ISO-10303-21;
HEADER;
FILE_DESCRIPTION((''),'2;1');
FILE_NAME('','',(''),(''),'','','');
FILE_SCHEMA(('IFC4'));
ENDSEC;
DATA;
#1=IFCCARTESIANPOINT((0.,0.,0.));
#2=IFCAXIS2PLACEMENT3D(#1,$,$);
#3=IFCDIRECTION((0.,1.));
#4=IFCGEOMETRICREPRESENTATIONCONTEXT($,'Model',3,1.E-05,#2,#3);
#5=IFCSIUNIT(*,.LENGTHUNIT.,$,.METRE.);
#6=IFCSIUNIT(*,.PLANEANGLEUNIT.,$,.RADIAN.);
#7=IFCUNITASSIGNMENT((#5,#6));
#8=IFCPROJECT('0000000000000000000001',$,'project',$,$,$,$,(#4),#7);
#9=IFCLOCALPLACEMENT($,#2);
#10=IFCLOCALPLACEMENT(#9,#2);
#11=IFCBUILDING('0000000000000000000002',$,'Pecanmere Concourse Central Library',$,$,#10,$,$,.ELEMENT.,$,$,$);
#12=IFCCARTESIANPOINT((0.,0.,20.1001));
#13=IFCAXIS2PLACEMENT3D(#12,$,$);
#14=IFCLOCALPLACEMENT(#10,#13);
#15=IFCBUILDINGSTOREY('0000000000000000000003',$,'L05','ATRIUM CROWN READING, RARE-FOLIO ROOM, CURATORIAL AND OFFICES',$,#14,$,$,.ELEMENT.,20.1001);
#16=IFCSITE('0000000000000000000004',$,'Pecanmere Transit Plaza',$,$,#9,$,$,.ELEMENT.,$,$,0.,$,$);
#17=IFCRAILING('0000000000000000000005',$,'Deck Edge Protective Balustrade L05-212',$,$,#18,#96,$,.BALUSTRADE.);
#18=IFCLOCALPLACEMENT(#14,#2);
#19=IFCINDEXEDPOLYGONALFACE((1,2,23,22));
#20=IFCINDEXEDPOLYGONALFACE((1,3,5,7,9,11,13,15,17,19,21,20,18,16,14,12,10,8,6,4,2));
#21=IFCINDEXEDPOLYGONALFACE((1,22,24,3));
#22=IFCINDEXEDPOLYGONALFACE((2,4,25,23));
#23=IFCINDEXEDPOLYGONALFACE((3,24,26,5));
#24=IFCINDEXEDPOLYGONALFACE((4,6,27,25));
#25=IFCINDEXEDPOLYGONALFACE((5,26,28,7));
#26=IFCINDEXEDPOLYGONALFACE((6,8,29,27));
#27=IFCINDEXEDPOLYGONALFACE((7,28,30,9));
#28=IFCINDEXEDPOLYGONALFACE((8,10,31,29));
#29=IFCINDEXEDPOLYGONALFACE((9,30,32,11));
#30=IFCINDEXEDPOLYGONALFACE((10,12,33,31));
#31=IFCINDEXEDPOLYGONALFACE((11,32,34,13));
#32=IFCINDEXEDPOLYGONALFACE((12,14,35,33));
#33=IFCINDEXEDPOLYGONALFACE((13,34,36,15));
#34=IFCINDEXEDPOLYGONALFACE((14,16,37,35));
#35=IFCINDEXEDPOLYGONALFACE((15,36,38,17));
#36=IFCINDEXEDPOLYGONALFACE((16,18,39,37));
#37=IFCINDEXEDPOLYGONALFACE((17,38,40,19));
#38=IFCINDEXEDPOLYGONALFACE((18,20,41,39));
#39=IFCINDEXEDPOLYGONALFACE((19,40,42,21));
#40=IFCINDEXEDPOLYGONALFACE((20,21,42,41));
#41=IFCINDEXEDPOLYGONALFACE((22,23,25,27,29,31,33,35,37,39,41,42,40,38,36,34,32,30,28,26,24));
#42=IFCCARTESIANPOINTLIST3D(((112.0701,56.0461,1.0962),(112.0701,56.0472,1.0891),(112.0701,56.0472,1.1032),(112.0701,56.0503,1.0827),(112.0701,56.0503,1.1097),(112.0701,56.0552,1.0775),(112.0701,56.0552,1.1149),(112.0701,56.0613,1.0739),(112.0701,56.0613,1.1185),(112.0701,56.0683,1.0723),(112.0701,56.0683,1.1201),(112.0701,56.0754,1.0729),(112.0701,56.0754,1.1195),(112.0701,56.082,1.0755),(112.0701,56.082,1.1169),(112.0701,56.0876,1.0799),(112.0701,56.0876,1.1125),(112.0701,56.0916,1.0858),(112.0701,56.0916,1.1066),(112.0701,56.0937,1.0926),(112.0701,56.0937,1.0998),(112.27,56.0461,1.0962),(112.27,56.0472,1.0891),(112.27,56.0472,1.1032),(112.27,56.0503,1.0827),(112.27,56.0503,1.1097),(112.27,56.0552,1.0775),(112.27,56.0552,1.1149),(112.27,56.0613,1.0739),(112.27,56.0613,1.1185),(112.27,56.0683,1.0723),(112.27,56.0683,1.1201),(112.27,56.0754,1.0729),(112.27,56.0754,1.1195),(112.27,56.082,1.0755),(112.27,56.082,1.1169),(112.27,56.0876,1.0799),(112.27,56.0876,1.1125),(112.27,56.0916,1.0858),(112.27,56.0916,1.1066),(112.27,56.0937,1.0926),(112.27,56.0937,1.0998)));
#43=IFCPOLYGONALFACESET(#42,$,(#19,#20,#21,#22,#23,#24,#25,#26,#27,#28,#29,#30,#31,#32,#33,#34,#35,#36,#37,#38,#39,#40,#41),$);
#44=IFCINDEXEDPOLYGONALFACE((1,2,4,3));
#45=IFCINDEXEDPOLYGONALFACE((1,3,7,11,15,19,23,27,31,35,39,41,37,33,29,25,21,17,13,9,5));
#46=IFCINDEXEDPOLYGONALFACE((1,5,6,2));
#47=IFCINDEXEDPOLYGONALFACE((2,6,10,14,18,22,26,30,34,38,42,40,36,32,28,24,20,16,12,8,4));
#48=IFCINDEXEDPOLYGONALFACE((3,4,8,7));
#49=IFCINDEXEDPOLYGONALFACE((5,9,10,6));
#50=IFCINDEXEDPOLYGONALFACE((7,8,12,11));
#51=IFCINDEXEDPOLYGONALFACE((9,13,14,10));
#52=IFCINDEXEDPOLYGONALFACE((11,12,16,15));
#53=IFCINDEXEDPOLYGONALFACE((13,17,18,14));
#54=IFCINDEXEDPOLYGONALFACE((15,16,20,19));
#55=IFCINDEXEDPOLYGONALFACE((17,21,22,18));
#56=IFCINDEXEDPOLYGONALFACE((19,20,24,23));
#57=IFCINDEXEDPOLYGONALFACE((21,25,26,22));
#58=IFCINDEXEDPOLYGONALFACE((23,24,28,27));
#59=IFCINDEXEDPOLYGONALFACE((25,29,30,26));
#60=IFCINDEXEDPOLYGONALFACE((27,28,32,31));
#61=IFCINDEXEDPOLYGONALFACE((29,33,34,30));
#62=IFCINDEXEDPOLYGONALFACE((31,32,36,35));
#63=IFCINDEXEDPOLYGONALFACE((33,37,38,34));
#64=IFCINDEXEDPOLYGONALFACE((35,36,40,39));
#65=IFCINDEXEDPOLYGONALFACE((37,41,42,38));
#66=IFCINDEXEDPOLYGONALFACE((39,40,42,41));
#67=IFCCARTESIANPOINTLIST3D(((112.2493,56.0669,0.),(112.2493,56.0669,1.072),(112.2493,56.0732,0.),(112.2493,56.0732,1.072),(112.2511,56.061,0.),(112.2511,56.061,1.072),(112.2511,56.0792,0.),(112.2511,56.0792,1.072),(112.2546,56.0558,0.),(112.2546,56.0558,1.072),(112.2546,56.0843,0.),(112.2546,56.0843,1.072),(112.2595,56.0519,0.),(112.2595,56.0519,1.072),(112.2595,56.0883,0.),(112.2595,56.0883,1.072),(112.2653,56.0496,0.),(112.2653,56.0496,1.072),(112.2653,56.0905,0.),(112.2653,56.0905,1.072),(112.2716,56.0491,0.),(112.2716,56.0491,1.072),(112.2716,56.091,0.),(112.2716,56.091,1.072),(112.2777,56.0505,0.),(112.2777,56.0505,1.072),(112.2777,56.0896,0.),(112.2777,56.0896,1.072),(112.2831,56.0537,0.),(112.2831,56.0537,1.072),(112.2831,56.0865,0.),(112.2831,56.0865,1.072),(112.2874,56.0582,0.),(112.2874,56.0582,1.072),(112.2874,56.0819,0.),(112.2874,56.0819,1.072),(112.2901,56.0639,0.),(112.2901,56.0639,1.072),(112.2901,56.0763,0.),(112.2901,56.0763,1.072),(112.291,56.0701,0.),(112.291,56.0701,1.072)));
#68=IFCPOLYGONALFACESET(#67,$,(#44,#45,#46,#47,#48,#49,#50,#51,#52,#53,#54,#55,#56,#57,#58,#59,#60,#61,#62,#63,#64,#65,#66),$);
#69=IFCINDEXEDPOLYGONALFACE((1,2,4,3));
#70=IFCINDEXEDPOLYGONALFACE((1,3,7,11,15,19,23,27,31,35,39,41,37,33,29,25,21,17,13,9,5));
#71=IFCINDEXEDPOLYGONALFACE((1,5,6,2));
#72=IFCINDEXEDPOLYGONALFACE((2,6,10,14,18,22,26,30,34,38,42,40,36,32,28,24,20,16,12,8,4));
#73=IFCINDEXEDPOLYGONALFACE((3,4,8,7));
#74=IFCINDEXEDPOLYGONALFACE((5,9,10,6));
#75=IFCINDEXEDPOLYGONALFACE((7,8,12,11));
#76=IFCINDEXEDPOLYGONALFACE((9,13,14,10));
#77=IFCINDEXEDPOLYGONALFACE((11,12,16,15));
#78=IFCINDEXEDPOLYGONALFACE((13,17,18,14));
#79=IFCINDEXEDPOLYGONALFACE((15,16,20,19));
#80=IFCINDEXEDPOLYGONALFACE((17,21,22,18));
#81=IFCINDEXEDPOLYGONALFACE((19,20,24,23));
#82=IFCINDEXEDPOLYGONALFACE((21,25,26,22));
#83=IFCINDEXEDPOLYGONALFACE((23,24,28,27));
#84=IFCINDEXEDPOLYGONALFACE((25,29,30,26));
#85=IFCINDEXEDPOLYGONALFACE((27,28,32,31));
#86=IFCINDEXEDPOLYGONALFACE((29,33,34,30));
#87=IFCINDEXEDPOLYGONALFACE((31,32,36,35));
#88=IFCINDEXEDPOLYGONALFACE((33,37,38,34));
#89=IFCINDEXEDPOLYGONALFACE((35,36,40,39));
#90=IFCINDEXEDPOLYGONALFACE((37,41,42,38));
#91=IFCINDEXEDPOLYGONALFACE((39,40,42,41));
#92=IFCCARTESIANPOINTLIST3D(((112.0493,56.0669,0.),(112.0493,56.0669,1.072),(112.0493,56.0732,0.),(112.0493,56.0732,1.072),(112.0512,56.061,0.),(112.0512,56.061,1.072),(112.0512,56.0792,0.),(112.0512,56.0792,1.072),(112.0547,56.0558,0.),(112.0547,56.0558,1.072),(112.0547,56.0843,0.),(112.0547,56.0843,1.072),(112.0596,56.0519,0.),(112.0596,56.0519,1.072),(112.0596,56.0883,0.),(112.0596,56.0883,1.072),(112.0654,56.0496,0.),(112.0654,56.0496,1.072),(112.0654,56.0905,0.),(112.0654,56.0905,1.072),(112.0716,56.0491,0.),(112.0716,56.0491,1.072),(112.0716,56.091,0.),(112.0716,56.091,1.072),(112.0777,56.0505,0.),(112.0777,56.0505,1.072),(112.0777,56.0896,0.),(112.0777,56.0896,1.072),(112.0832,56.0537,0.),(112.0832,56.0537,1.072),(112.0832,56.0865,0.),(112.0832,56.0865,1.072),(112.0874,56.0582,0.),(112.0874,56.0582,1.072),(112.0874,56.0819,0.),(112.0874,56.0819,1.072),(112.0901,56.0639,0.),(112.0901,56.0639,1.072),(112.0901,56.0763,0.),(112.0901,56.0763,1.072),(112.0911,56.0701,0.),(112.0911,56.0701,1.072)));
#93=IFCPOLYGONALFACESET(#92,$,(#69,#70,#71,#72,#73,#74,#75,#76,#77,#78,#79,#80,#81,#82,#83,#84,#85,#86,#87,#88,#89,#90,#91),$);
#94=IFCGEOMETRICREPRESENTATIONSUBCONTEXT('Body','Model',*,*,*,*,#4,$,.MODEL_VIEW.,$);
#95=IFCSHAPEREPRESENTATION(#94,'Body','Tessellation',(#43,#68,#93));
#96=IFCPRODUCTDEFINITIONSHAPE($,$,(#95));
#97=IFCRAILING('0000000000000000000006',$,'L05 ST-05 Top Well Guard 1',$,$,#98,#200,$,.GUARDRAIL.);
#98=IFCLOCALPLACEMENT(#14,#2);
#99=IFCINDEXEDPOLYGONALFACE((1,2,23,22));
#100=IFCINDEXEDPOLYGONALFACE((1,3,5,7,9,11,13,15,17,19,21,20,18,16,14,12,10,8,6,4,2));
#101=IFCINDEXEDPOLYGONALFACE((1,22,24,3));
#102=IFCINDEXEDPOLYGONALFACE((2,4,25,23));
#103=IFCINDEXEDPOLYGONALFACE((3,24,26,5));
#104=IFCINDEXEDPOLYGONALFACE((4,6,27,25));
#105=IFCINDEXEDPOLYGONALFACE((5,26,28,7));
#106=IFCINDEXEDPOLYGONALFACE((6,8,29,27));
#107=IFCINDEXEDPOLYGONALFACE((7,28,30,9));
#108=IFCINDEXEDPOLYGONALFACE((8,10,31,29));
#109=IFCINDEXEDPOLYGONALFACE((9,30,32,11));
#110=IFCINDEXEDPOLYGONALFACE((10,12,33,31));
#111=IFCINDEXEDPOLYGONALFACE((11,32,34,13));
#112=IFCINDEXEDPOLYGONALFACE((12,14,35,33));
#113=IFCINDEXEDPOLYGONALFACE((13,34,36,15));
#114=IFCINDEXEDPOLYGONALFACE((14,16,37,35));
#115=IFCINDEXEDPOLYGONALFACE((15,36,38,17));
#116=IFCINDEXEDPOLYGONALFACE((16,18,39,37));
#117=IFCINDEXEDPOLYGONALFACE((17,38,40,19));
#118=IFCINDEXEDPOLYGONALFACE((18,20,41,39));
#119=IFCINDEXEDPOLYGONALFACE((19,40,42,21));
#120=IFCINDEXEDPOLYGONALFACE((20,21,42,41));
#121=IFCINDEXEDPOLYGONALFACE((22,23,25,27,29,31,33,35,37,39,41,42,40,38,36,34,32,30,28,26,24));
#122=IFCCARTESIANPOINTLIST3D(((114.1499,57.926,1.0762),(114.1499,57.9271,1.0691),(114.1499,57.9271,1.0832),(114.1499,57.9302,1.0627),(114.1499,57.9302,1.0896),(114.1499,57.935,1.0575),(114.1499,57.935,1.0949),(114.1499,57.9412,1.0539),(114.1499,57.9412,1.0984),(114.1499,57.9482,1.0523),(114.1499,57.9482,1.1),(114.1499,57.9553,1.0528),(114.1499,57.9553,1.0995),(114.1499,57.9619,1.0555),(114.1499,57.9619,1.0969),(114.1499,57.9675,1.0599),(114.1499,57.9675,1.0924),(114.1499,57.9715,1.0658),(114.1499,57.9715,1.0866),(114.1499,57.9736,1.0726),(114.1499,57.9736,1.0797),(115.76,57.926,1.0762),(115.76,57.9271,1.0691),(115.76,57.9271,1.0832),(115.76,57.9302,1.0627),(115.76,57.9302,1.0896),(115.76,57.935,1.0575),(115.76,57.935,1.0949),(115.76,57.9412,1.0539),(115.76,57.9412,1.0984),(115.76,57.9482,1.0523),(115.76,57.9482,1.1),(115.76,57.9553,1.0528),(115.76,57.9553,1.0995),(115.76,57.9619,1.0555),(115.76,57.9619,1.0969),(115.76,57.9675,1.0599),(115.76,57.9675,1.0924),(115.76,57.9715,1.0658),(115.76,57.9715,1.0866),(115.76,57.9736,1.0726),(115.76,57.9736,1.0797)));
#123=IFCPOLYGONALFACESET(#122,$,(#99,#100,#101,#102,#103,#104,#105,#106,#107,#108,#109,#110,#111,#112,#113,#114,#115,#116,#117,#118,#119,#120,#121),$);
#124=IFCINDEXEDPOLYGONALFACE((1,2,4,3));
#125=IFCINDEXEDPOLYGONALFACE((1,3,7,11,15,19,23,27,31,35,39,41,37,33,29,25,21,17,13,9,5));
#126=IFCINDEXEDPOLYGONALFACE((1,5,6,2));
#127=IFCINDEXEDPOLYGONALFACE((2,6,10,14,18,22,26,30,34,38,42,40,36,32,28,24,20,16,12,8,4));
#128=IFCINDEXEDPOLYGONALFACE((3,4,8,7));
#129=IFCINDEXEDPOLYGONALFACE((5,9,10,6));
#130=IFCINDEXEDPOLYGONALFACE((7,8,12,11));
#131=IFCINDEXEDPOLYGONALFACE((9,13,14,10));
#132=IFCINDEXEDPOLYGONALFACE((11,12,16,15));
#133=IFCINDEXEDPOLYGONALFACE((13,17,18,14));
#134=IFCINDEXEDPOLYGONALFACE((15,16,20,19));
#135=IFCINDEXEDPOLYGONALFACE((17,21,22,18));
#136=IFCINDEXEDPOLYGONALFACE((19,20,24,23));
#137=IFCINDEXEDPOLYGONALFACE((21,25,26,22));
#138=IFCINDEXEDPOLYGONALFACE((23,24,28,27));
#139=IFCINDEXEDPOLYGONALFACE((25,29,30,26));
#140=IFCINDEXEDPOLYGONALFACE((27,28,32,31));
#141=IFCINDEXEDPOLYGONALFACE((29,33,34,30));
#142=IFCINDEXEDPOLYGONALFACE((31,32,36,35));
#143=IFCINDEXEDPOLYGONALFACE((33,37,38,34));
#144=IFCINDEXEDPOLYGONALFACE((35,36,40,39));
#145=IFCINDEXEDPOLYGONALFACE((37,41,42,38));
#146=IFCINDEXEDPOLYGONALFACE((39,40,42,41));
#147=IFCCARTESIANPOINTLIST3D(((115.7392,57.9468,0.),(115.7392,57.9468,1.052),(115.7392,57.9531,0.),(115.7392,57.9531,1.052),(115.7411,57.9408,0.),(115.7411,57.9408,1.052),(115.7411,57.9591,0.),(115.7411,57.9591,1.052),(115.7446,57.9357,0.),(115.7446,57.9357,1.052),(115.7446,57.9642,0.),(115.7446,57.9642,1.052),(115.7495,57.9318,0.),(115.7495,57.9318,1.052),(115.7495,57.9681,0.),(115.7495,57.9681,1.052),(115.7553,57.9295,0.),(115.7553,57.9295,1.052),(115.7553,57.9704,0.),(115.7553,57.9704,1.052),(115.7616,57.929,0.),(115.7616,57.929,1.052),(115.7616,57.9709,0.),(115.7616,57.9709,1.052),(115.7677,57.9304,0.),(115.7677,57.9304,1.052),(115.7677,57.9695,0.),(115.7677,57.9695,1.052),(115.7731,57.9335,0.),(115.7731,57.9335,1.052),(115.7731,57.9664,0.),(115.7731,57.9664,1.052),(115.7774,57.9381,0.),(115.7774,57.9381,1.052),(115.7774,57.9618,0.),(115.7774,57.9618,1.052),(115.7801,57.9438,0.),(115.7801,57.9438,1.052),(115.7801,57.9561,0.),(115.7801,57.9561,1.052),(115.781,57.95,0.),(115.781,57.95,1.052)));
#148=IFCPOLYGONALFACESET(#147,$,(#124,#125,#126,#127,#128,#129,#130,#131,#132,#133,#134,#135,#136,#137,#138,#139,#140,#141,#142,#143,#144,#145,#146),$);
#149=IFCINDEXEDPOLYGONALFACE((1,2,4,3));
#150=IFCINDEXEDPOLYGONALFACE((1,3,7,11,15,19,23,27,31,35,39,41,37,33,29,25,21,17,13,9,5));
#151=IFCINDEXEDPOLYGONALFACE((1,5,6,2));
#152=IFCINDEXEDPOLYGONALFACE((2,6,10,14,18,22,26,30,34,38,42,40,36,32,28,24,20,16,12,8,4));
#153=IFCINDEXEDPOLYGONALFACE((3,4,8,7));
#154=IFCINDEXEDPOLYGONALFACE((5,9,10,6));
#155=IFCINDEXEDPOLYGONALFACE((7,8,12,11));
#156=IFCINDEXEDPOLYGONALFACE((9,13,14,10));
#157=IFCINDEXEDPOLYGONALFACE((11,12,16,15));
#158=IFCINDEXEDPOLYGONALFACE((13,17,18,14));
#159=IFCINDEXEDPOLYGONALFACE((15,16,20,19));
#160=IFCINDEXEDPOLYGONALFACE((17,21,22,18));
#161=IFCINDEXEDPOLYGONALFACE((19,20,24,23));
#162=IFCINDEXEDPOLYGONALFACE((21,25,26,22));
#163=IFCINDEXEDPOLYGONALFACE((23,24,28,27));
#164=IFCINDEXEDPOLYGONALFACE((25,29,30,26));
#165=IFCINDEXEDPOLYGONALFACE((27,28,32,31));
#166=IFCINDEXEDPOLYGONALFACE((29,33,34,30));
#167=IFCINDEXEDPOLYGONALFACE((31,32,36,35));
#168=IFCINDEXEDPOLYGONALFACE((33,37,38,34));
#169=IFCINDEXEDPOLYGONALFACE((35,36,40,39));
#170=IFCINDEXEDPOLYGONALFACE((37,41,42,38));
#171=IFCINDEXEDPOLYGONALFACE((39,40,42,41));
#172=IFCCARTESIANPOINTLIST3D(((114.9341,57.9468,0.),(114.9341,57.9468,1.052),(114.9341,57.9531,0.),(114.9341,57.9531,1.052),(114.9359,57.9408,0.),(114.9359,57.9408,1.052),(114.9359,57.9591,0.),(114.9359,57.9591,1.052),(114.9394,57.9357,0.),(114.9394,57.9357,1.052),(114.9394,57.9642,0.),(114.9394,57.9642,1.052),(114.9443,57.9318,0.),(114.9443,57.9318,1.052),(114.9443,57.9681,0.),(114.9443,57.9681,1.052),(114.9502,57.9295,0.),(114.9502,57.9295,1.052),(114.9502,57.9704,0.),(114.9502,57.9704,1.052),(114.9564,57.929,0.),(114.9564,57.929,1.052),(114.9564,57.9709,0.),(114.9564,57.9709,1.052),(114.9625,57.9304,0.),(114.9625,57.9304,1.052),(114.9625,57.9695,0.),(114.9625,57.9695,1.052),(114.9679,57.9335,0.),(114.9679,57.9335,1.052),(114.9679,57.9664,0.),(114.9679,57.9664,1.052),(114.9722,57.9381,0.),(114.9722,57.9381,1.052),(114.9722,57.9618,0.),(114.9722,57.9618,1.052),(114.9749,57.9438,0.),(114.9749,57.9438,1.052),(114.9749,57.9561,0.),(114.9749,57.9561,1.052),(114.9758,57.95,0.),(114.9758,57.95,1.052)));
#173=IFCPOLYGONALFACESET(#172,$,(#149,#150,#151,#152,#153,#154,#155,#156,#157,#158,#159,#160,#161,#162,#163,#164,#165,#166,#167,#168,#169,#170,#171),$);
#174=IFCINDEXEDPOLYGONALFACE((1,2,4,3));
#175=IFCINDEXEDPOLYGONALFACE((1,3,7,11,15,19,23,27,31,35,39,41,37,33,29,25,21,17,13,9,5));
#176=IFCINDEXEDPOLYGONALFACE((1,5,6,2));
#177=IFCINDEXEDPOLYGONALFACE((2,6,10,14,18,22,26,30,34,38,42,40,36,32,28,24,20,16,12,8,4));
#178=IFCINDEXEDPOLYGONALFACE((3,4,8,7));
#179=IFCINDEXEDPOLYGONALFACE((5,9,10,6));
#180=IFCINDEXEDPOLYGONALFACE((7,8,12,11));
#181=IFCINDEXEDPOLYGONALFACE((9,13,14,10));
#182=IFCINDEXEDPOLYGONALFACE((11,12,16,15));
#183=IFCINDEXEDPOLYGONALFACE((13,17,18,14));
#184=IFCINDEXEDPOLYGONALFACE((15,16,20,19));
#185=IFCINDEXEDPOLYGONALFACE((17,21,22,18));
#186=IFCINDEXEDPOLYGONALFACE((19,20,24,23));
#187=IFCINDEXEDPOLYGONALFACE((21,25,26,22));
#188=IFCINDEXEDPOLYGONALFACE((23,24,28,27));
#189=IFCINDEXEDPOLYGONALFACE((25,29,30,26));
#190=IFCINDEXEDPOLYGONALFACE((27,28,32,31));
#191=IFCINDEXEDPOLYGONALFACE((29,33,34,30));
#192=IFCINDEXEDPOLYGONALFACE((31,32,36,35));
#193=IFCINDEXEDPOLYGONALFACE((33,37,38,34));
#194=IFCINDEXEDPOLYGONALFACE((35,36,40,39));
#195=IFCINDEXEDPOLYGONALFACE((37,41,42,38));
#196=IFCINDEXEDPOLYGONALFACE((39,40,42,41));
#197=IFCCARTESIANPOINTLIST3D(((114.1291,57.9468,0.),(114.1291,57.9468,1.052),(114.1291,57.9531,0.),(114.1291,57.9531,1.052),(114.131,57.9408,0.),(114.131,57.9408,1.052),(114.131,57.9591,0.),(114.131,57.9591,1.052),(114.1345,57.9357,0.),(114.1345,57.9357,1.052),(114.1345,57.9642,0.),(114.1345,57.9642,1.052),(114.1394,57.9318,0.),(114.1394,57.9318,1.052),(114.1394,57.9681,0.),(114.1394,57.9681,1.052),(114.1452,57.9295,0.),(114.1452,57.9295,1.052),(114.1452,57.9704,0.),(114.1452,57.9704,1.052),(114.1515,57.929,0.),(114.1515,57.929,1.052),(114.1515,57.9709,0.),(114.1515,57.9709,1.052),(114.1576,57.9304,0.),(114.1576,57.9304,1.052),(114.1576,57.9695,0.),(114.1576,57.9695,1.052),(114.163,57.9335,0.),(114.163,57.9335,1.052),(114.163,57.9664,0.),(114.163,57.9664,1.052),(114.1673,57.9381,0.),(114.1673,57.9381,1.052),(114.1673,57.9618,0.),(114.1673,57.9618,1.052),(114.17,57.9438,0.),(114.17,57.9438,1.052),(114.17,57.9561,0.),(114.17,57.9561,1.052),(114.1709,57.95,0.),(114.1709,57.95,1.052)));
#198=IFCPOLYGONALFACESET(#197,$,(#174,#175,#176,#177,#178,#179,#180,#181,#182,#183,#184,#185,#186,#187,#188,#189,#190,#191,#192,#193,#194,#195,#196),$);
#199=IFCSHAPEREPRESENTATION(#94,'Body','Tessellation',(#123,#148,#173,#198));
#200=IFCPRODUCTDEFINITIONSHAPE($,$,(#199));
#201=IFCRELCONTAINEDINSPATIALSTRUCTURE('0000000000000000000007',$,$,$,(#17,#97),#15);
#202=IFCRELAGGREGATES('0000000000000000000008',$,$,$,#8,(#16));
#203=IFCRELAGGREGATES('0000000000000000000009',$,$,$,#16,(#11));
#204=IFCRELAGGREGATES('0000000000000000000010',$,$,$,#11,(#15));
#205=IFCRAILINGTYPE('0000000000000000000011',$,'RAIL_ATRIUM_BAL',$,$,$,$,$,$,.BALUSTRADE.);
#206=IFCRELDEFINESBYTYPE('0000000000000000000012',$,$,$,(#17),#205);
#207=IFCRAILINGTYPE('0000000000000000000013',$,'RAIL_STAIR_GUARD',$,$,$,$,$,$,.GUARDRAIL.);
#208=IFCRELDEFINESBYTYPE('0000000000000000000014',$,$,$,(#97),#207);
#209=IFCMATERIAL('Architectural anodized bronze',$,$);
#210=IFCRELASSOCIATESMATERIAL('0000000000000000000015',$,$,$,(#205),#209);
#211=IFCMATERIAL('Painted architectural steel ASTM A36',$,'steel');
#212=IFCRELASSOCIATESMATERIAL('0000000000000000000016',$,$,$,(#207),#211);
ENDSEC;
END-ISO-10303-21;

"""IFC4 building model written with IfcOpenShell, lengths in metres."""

from ifc_helpers import new_model, si_unit, direction, frame, origin, origin_2d, place, context, subcontext, project, spatial, circle, extrude, material, type_object, element, save


model = new_model("IFC4")

# Units and contexts
model_context = context("Model", 3, precision=1e-05, world=origin(), true_north=direction((0.0, 1.0)))
body_context = subcontext(model_context, "Body", "Model", "MODEL_VIEW")
ifc_project = project(units=[si_unit("LENGTHUNIT", "METRE"), si_unit("PLANEANGLEUNIT", "RADIAN")], contexts=[model_context])

# Site, building, storey
site_placement = place(None, origin())
site = spatial("IfcSite", under=ifc_project, at=site_placement, Name="Pecanmere Transit Plaza", CompositionType="ELEMENT", RefElevation=0.0)
building_placement = place(site_placement, origin())
building = spatial("IfcBuilding", under=site, at=building_placement, Name="Pecanmere Concourse Central Library", CompositionType="ELEMENT")
storey_placement = place(building_placement, frame((0.0, 0.0, 20.1001)))
storey = spatial("IfcBuildingStorey", under=building, at=storey_placement, Name="L05", Description="ATRIUM CROWN READING, RARE-FOLIO ROOM, CURATORIAL AND OFFICES", CompositionType="ELEMENT", Elevation=20.1001)

# Railings
ifc_material_1 = material(Name="Architectural anodized bronze")
railing_type_1 = type_object("IfcRailingType", Name="RAIL_ATRIUM_BAL", PredefinedType="BALUSTRADE", material=ifc_material_1)
railing_1_placement = place(storey_placement, frame((112.27, 56.0701, 0.0)))
element("IfcRailing", 1, at=railing_1_placement, inside=storey, type_object=railing_type_1, Name="Deck Edge Protective Balustrade L05-212", PredefinedType="BALUSTRADE", context=body_context, shape_type="SweptSolid", body=[
    extrude(circle(Radius=0.0239, at=origin_2d()), frame((0.0, 0.0, 1.0962), z_axis=(-1.0, 0.0, 0.0), x_axis=(0.0, -1.0, 0.0)), (0.0, 0.0, 1.0), 0.2),
    extrude(circle(Radius=0.021, at=origin_2d()), origin(), (0.0, 0.0, 1.0), 1.072),
    extrude(circle(Radius=0.021, at=origin_2d()), frame((-0.2, 0.0, 0.0)), (0.0, 0.0, 1.0), 1.072),
])
ifc_material_2 = material(Name="Painted architectural steel ASTM A36", Category="steel")
railing_type_2 = type_object("IfcRailingType", Name="RAIL_STAIR_GUARD", PredefinedType="GUARDRAIL", material=ifc_material_2)
railing_2_placement = place(storey_placement, frame((115.76, 57.95, 0.0)))
element("IfcRailing", 2, at=railing_2_placement, inside=storey, type_object=railing_type_2, Name="L05 ST-05 Top Well Guard 1", PredefinedType="GUARDRAIL", context=body_context, shape_type="SweptSolid", body=[
    extrude(circle(Radius=0.0239, at=origin_2d()), frame((0.0, 0.0, 1.0762), z_axis=(-1.0, 0.0, 0.0), x_axis=(0.0, -1.0, 0.0)), (0.0, 0.0, 1.0), 1.6101),
    extrude(circle(Radius=0.021, at=origin_2d()), origin(), (0.0, 0.0, 1.0), 1.052),
    extrude(circle(Radius=0.021, at=origin_2d()), frame((-0.8052, 0.0, 0.0)), (0.0, 0.0, 1.0), 1.052),
    extrude(circle(Radius=0.021, at=origin_2d()), frame((-1.6101, 0.0, 0.0)), (0.0, 0.0, 1.0), 1.052),
])

save(model, "model.ifc")
